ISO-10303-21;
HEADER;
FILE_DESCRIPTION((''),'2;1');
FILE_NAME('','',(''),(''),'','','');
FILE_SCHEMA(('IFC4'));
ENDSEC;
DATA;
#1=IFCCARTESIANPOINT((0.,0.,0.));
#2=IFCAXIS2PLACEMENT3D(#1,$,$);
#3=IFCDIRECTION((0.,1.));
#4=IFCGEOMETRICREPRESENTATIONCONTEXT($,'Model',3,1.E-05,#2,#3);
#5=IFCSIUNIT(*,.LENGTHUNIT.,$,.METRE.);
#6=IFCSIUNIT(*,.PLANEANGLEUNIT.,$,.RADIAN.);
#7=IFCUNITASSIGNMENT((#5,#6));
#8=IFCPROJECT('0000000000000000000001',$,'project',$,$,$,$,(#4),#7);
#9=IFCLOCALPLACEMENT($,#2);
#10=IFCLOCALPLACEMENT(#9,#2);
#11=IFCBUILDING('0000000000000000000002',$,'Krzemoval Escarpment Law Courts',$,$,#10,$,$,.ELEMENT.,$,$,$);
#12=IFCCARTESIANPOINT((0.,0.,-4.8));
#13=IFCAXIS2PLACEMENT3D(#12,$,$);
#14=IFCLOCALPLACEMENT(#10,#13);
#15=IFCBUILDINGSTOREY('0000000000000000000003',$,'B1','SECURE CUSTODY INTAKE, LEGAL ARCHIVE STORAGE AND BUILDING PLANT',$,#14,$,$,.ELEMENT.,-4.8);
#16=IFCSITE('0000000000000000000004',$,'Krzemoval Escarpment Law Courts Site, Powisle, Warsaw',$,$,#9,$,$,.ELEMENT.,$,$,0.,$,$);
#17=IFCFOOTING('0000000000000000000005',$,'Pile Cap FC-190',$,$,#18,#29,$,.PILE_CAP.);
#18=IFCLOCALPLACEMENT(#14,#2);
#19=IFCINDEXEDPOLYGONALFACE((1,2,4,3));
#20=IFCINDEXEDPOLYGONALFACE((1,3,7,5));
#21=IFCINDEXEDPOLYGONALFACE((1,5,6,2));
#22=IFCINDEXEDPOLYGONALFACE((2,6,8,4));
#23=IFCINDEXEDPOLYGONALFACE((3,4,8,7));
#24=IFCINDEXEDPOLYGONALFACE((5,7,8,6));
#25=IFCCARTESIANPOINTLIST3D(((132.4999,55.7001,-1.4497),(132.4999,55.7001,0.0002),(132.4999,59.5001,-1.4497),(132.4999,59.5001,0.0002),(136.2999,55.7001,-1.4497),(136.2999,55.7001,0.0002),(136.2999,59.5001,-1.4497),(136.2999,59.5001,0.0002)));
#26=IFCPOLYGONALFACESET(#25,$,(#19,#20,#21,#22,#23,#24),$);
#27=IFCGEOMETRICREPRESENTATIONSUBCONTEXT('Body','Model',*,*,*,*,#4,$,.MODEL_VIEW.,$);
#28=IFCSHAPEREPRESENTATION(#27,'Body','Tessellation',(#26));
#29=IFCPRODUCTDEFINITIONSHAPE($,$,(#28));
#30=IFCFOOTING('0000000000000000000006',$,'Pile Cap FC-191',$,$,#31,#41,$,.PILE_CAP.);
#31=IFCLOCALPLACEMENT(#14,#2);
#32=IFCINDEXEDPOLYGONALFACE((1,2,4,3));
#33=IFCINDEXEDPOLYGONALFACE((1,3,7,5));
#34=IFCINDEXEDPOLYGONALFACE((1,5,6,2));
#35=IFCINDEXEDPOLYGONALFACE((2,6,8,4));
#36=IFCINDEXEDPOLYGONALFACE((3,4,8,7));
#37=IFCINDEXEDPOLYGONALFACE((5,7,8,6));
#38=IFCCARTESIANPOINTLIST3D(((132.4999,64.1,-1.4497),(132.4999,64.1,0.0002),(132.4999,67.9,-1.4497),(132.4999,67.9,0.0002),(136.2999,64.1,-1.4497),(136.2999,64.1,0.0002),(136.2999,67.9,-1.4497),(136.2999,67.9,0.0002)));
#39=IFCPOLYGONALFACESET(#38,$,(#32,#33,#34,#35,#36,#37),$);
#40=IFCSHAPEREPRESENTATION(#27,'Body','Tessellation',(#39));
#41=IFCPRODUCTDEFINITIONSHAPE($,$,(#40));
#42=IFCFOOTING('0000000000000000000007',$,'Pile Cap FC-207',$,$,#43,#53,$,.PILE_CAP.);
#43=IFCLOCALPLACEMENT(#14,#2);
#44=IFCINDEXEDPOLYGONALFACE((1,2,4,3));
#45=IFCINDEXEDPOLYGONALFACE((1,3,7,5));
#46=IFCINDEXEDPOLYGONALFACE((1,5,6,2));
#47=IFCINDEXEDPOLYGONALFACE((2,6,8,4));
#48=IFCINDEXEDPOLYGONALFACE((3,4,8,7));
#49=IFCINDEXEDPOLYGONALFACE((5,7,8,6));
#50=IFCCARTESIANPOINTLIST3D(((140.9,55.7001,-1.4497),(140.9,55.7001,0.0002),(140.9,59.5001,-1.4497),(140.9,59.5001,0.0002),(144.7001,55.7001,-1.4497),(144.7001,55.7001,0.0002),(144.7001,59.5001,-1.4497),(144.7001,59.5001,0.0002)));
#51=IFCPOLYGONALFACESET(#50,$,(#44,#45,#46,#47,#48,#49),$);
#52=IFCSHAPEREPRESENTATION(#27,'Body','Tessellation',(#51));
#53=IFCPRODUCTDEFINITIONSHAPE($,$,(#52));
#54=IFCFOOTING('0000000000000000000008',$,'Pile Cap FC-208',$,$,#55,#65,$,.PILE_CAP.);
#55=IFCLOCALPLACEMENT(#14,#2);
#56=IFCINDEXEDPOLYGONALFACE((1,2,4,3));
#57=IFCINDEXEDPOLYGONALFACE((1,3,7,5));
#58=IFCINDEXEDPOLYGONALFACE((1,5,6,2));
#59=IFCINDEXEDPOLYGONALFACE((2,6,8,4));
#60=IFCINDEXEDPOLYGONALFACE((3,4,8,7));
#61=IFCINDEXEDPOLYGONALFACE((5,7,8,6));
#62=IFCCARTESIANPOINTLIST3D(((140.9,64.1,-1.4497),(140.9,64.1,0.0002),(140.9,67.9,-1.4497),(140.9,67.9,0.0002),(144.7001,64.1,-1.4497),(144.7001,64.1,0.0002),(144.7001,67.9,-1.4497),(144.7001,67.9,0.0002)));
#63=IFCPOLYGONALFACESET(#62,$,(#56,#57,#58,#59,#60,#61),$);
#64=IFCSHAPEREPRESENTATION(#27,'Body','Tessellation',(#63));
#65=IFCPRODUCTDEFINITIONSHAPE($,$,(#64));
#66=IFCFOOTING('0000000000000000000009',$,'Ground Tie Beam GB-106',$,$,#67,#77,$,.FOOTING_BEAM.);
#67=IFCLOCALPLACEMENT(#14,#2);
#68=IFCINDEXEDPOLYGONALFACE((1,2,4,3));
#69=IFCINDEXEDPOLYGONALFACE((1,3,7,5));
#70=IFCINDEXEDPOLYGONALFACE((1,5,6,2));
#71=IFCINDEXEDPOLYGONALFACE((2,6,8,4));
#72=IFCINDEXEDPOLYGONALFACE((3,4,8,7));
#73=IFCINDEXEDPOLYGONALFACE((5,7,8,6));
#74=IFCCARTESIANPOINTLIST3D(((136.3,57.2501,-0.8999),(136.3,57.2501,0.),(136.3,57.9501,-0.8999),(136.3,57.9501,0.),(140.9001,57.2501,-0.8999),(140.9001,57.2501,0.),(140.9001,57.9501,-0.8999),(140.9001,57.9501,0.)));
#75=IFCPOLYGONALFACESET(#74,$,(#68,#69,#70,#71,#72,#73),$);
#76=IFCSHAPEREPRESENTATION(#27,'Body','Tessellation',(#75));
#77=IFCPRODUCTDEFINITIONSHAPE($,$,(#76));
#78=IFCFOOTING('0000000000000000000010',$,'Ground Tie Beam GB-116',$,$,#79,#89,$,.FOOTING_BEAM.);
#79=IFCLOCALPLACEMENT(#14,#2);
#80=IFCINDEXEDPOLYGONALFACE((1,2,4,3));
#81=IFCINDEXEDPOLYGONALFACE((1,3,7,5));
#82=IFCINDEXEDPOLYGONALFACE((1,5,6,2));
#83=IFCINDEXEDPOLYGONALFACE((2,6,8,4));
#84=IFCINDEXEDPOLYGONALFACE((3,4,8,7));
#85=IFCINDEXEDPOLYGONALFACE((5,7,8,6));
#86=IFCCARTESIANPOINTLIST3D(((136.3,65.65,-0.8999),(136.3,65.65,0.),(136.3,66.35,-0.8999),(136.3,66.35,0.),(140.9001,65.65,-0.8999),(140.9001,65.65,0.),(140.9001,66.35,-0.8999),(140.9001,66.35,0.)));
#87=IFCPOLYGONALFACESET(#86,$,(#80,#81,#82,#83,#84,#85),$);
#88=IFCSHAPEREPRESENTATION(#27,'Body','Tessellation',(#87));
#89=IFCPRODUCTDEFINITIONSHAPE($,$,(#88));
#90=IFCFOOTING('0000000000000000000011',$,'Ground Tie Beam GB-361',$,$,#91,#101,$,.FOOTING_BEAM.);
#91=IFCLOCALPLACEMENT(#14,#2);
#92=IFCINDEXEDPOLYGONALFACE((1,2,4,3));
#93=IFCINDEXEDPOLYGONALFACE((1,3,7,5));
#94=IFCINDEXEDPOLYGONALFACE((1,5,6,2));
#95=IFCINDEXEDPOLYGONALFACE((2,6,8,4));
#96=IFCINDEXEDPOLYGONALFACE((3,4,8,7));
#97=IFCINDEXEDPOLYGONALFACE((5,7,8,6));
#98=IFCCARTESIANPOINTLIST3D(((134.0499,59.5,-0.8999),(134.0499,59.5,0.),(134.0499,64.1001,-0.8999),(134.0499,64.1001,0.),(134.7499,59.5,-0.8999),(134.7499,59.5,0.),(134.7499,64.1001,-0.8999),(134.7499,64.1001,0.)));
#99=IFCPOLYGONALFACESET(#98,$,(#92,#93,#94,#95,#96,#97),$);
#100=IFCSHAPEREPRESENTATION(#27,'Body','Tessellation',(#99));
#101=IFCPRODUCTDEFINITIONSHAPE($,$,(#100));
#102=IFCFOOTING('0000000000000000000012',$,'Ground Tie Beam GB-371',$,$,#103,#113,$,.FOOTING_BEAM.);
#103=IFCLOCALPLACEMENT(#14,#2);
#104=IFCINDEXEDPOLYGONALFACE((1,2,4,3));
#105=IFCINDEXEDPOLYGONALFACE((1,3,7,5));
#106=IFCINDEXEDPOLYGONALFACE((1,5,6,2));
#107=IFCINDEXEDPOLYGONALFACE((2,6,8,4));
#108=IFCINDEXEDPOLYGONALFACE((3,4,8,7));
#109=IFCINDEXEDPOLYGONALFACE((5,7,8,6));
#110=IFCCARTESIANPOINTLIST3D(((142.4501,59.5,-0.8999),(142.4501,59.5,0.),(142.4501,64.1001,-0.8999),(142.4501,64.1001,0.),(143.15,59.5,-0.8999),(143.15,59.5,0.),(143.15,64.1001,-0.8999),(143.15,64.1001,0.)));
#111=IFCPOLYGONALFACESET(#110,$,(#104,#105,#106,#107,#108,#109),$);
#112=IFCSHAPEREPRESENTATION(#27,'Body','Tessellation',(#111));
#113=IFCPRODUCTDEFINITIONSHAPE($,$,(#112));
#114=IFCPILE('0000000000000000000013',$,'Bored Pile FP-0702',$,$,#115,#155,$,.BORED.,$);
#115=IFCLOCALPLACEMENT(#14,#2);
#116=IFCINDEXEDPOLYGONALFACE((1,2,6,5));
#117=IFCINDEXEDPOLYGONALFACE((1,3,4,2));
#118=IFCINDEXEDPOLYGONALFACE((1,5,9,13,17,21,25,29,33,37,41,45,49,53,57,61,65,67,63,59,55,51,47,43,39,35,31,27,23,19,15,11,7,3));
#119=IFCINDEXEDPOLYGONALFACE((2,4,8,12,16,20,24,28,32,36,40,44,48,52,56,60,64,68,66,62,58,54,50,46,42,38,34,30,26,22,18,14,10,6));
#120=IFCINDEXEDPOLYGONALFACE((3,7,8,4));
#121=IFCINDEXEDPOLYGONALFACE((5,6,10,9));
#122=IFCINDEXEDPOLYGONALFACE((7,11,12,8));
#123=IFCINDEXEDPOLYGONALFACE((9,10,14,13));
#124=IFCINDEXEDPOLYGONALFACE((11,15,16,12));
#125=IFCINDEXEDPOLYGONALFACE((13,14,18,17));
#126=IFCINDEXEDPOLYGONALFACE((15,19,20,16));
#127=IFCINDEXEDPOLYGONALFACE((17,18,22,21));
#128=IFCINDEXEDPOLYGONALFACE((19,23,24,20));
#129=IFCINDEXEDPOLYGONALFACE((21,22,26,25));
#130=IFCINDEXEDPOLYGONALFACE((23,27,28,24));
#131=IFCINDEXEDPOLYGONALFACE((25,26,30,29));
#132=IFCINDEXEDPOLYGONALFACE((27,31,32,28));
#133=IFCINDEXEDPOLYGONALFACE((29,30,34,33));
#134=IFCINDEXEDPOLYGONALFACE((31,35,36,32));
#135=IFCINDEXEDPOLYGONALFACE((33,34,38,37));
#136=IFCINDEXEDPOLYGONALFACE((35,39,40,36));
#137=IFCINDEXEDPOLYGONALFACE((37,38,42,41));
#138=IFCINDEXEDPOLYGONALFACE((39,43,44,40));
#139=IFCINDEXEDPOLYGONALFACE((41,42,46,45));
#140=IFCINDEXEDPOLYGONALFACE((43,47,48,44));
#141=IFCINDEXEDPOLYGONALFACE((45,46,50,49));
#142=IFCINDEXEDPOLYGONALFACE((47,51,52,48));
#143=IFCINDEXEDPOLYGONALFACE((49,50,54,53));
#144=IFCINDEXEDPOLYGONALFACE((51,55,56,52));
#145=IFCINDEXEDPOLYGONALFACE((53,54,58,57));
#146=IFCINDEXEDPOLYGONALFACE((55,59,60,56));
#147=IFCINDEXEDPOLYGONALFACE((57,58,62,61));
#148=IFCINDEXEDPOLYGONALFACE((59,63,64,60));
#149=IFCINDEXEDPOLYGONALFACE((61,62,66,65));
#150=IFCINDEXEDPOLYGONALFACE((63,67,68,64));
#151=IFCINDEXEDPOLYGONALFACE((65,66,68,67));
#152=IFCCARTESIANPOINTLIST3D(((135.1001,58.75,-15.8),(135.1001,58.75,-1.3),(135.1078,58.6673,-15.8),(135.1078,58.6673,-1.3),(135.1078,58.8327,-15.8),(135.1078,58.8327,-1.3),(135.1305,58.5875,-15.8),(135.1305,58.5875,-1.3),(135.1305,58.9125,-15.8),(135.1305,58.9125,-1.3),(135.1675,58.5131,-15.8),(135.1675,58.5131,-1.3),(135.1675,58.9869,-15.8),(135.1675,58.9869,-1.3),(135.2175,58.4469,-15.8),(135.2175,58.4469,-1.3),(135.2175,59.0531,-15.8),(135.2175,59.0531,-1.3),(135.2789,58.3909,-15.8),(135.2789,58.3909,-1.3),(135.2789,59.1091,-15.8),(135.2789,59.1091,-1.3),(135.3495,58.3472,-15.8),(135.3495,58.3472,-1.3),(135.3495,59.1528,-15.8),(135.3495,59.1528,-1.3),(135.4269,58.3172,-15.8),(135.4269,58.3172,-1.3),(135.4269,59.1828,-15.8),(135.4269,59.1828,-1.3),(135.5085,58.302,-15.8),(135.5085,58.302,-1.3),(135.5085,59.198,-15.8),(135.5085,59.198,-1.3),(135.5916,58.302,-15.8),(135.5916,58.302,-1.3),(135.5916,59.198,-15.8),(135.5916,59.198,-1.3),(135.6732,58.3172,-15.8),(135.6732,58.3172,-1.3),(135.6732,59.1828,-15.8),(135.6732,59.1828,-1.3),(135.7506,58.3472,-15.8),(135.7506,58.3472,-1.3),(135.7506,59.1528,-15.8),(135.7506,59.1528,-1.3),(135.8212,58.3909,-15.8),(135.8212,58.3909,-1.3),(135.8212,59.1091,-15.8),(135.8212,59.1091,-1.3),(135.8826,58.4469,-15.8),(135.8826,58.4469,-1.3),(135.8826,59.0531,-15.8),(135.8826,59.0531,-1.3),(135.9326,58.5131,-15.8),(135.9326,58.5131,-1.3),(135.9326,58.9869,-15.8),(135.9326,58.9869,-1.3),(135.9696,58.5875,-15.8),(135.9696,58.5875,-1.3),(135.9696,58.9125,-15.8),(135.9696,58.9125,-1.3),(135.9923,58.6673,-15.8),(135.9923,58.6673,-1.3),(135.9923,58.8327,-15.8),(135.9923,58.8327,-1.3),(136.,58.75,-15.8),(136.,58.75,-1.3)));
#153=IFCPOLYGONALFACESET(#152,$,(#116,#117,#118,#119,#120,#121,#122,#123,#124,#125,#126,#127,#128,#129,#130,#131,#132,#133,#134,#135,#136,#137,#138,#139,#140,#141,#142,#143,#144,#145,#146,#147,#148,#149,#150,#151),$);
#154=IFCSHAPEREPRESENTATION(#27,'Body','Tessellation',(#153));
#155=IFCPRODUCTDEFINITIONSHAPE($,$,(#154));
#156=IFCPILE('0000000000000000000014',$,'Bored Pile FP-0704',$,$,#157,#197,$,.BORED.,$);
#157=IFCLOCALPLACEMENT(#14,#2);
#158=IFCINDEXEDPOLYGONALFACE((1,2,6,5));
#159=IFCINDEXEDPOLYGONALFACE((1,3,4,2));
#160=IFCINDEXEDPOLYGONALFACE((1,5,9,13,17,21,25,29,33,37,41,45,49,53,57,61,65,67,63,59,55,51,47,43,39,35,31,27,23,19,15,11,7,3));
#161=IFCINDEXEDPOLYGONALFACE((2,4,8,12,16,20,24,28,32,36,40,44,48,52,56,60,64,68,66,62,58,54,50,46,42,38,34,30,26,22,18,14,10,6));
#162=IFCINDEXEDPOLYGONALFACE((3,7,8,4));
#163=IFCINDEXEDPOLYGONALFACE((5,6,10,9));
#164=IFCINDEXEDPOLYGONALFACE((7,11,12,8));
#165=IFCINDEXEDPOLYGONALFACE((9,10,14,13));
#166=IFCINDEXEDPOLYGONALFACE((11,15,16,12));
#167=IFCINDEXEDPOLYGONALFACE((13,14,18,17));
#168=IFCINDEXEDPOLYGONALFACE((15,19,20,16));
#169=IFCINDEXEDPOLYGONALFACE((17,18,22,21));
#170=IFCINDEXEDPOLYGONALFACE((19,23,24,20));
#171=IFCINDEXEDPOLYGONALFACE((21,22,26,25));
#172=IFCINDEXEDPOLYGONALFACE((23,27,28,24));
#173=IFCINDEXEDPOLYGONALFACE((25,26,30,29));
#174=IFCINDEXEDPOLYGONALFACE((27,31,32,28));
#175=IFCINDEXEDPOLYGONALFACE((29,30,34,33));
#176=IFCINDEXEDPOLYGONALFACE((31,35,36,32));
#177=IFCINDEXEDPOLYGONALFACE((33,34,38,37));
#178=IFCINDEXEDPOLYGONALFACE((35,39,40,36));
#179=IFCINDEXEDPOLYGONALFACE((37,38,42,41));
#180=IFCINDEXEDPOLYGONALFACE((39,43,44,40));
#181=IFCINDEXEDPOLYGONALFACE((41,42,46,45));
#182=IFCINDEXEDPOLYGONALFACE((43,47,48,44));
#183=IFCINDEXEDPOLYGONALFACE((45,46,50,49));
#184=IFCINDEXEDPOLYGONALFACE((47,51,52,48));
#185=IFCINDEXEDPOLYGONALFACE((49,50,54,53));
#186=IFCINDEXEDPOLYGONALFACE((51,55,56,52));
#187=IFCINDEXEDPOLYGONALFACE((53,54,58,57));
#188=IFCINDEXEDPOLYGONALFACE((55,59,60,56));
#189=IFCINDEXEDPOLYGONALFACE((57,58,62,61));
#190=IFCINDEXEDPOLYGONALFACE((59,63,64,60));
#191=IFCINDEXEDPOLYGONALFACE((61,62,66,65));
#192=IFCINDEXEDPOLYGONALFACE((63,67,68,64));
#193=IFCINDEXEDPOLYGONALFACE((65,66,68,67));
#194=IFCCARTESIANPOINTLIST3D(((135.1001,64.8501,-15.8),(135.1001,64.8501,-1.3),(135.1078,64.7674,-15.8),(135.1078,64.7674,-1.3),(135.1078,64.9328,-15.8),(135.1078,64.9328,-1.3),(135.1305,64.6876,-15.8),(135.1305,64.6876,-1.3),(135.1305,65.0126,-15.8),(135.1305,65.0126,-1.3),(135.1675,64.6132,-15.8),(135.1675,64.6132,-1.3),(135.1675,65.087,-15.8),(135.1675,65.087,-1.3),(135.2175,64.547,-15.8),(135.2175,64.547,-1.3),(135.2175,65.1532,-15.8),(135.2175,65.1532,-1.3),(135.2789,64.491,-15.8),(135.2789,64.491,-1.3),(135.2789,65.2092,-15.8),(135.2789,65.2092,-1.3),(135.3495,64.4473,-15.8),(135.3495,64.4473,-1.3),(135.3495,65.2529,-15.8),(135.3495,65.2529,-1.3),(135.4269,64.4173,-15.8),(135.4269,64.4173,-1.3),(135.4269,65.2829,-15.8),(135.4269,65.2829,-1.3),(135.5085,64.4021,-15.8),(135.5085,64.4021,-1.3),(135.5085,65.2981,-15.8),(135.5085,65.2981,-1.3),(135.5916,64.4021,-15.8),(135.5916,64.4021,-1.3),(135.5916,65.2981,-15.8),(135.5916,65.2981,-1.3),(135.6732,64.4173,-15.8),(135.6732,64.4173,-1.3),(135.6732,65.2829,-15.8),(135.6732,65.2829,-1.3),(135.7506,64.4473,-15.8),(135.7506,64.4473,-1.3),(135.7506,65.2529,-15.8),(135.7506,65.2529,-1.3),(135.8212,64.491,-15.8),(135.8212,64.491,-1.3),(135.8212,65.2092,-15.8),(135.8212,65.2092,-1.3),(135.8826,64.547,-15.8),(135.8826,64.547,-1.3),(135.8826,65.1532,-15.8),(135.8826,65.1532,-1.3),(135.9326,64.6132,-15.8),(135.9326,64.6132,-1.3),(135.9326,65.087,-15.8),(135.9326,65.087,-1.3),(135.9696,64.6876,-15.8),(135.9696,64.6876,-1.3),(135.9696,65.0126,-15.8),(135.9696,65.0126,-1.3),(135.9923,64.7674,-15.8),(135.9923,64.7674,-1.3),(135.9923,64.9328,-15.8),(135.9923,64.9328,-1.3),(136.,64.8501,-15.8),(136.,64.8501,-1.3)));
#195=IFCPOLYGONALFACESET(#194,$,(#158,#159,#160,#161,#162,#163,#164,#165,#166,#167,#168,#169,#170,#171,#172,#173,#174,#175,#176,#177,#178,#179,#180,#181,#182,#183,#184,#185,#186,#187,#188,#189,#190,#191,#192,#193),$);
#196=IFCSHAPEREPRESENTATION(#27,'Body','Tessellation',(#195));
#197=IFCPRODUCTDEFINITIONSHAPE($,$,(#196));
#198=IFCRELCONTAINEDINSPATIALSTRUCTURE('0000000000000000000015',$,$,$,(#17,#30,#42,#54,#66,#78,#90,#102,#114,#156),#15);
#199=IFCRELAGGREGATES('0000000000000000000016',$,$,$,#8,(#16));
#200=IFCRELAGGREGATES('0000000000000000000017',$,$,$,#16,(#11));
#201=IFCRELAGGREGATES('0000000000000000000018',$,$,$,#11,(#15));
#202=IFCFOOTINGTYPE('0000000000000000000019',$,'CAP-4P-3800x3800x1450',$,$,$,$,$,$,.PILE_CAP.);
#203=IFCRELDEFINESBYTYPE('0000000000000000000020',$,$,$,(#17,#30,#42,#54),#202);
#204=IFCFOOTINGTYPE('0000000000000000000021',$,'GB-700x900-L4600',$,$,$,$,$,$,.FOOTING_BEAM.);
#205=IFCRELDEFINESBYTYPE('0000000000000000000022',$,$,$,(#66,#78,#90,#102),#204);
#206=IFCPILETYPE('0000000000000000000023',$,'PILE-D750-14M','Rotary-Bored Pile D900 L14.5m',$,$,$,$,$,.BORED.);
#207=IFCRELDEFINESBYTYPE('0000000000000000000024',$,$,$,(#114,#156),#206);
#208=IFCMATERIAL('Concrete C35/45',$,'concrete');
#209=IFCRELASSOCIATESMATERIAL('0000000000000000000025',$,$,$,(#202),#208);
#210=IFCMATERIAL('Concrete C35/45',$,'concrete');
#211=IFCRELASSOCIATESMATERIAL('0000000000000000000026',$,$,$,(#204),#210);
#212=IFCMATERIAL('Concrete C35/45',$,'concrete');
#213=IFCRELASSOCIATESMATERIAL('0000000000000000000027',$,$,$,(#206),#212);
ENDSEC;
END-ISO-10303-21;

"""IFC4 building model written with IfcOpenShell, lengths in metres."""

from ifc_helpers import new_model, si_unit, direction, frame, origin, origin_2d, place, context, subcontext, project, spatial, rectangle, circle, extrude, material, material_profile, profile_set, type_object, element, save


model = new_model("IFC4")

# Units and contexts
model_context = context("Model", 3, precision=1e-05, world=origin(), true_north=direction((0.0, 1.0)))
body_context = subcontext(model_context, "Body", "Model", "MODEL_VIEW")
ifc_project = project(units=[si_unit("LENGTHUNIT", "METRE"), si_unit("PLANEANGLEUNIT", "RADIAN")], contexts=[model_context])

# Site, building, storey
site_placement = place(None, origin())
site = spatial("IfcSite", under=ifc_project, at=site_placement, Name="Krzemoval Escarpment Law Courts Site, Powisle, Warsaw", CompositionType="ELEMENT", RefElevation=0.0)
building_placement = place(site_placement, origin())
building = spatial("IfcBuilding", under=site, at=building_placement, Name="Krzemoval Escarpment Law Courts", CompositionType="ELEMENT")
storey_placement = place(building_placement, frame((0.0, 0.0, -4.8)))
storey = spatial("IfcBuildingStorey", under=building, at=storey_placement, Name="B1", Description="SECURE CUSTODY INTAKE, LEGAL ARCHIVE STORAGE AND BUILDING PLANT", CompositionType="ELEMENT", Elevation=-4.8)

# Footings
ifc_material_1 = material(Name="Concrete C35/45", Category="concrete")
footing_type_1 = type_object("IfcFootingType", Name="CAP-4P-3800x3800x1450", PredefinedType="PILE_CAP", material=ifc_material_1)
for number, where, z_axis, x_axis, name in (
    (1, (134.3999, 57.6001, -1.4497), (0.0, 0.0, 1.0), (1.0, 0.0, 0.0), "Pile Cap FC-190"),
    (2, (134.3999, 66.0, -1.4497), (0.0, 0.0, 1.0), (1.0, 0.0, 0.0), "Pile Cap FC-191"),
    (3, (142.8, 57.6001, -1.4497), (0.0, 0.0, 1.0), (1.0, 0.0, 0.0), "Pile Cap FC-207"),
    (4, (142.8, 66.0, -1.4497), (0.0, 0.0, 1.0), (1.0, 0.0, 0.0), "Pile Cap FC-208"),
):
    element("IfcFooting", number, at=place(storey_placement, frame(where, z_axis=z_axis, x_axis=x_axis)), inside=storey, type_object=footing_type_1, Name=name, PredefinedType="PILE_CAP", context=body_context, shape_type="SweptSolid", body=[
        extrude(rectangle(XDim=3.8, YDim=3.8, at=origin_2d()), origin(), (0.0, 0.0, 1.0), 1.45),
    ])
ifc_material_2 = material(Name="Concrete C35/45", Category="concrete")
footing_type_2 = type_object("IfcFootingType", Name="GB-700x900-L4600", PredefinedType="FOOTING_BEAM", material=ifc_material_2)
for number, where, z_axis, x_axis, name in (
    (5, (138.6001, 57.6001, -0.8999), (0.0, 0.0, 1.0), (1.0, 0.0, 0.0), "Ground Tie Beam GB-106"),
    (6, (138.6001, 66.0, -0.8999), (0.0, 0.0, 1.0), (1.0, 0.0, 0.0), "Ground Tie Beam GB-116"),
    (7, (134.3999, 61.8, -0.8999), (0.0, 0.0, 1.0), (0.0, 1.0, 0.0), "Ground Tie Beam GB-361"),
    (8, (142.8, 61.8, -0.8999), (0.0, 0.0, 1.0), (0.0, 1.0, 0.0), "Ground Tie Beam GB-371"),
):
    element("IfcFooting", number, at=place(storey_placement, frame(where, z_axis=z_axis, x_axis=x_axis)), inside=storey, type_object=footing_type_2, Name=name, PredefinedType="FOOTING_BEAM", context=body_context, shape_type="SweptSolid", body=[
        extrude(rectangle(XDim=4.6001, YDim=0.7, at=origin_2d()), origin(), (0.0, 0.0, 1.0), 0.8999),
    ])

# Piles
ifc_material_3 = material(Name="Concrete C35/45", Category="concrete")
ifc_material_profile_1 = material_profile(ifc_material_3, circle(Radius=0.45, at=origin_2d()), Name="PILE D900")
ifc_profile_set_1 = profile_set([ifc_material_profile_1], Name="Concrete C35/45")
pile_type = type_object("IfcPileType", Name="PILE-D750-14M", Description="Rotary-Bored Pile D900 L14.5m", PredefinedType="BORED", material=ifc_profile_set_1)
for number, where, z_axis, x_axis, name in (
    (9, (135.55, 58.75, -1.3), (0.0, 0.0, -1.0), (1.0, 0.0, 0.0), "Bored Pile FP-0702"),
    (10, (135.55, 64.8501, -1.3), (0.0, 0.0, -1.0), (1.0, 0.0, 0.0), "Bored Pile FP-0704"),
):
    element("IfcPile", number, at=place(storey_placement, frame(where, z_axis=z_axis, x_axis=x_axis)), inside=storey, type_object=pile_type, Name=name, PredefinedType="BORED", context=body_context, shape_type="SweptSolid", body=[
        extrude(circle(Radius=0.45, at=origin_2d()), origin(), (0.0, 0.0, 1.0), 14.5),
    ])

save(model, "model.ifc")
